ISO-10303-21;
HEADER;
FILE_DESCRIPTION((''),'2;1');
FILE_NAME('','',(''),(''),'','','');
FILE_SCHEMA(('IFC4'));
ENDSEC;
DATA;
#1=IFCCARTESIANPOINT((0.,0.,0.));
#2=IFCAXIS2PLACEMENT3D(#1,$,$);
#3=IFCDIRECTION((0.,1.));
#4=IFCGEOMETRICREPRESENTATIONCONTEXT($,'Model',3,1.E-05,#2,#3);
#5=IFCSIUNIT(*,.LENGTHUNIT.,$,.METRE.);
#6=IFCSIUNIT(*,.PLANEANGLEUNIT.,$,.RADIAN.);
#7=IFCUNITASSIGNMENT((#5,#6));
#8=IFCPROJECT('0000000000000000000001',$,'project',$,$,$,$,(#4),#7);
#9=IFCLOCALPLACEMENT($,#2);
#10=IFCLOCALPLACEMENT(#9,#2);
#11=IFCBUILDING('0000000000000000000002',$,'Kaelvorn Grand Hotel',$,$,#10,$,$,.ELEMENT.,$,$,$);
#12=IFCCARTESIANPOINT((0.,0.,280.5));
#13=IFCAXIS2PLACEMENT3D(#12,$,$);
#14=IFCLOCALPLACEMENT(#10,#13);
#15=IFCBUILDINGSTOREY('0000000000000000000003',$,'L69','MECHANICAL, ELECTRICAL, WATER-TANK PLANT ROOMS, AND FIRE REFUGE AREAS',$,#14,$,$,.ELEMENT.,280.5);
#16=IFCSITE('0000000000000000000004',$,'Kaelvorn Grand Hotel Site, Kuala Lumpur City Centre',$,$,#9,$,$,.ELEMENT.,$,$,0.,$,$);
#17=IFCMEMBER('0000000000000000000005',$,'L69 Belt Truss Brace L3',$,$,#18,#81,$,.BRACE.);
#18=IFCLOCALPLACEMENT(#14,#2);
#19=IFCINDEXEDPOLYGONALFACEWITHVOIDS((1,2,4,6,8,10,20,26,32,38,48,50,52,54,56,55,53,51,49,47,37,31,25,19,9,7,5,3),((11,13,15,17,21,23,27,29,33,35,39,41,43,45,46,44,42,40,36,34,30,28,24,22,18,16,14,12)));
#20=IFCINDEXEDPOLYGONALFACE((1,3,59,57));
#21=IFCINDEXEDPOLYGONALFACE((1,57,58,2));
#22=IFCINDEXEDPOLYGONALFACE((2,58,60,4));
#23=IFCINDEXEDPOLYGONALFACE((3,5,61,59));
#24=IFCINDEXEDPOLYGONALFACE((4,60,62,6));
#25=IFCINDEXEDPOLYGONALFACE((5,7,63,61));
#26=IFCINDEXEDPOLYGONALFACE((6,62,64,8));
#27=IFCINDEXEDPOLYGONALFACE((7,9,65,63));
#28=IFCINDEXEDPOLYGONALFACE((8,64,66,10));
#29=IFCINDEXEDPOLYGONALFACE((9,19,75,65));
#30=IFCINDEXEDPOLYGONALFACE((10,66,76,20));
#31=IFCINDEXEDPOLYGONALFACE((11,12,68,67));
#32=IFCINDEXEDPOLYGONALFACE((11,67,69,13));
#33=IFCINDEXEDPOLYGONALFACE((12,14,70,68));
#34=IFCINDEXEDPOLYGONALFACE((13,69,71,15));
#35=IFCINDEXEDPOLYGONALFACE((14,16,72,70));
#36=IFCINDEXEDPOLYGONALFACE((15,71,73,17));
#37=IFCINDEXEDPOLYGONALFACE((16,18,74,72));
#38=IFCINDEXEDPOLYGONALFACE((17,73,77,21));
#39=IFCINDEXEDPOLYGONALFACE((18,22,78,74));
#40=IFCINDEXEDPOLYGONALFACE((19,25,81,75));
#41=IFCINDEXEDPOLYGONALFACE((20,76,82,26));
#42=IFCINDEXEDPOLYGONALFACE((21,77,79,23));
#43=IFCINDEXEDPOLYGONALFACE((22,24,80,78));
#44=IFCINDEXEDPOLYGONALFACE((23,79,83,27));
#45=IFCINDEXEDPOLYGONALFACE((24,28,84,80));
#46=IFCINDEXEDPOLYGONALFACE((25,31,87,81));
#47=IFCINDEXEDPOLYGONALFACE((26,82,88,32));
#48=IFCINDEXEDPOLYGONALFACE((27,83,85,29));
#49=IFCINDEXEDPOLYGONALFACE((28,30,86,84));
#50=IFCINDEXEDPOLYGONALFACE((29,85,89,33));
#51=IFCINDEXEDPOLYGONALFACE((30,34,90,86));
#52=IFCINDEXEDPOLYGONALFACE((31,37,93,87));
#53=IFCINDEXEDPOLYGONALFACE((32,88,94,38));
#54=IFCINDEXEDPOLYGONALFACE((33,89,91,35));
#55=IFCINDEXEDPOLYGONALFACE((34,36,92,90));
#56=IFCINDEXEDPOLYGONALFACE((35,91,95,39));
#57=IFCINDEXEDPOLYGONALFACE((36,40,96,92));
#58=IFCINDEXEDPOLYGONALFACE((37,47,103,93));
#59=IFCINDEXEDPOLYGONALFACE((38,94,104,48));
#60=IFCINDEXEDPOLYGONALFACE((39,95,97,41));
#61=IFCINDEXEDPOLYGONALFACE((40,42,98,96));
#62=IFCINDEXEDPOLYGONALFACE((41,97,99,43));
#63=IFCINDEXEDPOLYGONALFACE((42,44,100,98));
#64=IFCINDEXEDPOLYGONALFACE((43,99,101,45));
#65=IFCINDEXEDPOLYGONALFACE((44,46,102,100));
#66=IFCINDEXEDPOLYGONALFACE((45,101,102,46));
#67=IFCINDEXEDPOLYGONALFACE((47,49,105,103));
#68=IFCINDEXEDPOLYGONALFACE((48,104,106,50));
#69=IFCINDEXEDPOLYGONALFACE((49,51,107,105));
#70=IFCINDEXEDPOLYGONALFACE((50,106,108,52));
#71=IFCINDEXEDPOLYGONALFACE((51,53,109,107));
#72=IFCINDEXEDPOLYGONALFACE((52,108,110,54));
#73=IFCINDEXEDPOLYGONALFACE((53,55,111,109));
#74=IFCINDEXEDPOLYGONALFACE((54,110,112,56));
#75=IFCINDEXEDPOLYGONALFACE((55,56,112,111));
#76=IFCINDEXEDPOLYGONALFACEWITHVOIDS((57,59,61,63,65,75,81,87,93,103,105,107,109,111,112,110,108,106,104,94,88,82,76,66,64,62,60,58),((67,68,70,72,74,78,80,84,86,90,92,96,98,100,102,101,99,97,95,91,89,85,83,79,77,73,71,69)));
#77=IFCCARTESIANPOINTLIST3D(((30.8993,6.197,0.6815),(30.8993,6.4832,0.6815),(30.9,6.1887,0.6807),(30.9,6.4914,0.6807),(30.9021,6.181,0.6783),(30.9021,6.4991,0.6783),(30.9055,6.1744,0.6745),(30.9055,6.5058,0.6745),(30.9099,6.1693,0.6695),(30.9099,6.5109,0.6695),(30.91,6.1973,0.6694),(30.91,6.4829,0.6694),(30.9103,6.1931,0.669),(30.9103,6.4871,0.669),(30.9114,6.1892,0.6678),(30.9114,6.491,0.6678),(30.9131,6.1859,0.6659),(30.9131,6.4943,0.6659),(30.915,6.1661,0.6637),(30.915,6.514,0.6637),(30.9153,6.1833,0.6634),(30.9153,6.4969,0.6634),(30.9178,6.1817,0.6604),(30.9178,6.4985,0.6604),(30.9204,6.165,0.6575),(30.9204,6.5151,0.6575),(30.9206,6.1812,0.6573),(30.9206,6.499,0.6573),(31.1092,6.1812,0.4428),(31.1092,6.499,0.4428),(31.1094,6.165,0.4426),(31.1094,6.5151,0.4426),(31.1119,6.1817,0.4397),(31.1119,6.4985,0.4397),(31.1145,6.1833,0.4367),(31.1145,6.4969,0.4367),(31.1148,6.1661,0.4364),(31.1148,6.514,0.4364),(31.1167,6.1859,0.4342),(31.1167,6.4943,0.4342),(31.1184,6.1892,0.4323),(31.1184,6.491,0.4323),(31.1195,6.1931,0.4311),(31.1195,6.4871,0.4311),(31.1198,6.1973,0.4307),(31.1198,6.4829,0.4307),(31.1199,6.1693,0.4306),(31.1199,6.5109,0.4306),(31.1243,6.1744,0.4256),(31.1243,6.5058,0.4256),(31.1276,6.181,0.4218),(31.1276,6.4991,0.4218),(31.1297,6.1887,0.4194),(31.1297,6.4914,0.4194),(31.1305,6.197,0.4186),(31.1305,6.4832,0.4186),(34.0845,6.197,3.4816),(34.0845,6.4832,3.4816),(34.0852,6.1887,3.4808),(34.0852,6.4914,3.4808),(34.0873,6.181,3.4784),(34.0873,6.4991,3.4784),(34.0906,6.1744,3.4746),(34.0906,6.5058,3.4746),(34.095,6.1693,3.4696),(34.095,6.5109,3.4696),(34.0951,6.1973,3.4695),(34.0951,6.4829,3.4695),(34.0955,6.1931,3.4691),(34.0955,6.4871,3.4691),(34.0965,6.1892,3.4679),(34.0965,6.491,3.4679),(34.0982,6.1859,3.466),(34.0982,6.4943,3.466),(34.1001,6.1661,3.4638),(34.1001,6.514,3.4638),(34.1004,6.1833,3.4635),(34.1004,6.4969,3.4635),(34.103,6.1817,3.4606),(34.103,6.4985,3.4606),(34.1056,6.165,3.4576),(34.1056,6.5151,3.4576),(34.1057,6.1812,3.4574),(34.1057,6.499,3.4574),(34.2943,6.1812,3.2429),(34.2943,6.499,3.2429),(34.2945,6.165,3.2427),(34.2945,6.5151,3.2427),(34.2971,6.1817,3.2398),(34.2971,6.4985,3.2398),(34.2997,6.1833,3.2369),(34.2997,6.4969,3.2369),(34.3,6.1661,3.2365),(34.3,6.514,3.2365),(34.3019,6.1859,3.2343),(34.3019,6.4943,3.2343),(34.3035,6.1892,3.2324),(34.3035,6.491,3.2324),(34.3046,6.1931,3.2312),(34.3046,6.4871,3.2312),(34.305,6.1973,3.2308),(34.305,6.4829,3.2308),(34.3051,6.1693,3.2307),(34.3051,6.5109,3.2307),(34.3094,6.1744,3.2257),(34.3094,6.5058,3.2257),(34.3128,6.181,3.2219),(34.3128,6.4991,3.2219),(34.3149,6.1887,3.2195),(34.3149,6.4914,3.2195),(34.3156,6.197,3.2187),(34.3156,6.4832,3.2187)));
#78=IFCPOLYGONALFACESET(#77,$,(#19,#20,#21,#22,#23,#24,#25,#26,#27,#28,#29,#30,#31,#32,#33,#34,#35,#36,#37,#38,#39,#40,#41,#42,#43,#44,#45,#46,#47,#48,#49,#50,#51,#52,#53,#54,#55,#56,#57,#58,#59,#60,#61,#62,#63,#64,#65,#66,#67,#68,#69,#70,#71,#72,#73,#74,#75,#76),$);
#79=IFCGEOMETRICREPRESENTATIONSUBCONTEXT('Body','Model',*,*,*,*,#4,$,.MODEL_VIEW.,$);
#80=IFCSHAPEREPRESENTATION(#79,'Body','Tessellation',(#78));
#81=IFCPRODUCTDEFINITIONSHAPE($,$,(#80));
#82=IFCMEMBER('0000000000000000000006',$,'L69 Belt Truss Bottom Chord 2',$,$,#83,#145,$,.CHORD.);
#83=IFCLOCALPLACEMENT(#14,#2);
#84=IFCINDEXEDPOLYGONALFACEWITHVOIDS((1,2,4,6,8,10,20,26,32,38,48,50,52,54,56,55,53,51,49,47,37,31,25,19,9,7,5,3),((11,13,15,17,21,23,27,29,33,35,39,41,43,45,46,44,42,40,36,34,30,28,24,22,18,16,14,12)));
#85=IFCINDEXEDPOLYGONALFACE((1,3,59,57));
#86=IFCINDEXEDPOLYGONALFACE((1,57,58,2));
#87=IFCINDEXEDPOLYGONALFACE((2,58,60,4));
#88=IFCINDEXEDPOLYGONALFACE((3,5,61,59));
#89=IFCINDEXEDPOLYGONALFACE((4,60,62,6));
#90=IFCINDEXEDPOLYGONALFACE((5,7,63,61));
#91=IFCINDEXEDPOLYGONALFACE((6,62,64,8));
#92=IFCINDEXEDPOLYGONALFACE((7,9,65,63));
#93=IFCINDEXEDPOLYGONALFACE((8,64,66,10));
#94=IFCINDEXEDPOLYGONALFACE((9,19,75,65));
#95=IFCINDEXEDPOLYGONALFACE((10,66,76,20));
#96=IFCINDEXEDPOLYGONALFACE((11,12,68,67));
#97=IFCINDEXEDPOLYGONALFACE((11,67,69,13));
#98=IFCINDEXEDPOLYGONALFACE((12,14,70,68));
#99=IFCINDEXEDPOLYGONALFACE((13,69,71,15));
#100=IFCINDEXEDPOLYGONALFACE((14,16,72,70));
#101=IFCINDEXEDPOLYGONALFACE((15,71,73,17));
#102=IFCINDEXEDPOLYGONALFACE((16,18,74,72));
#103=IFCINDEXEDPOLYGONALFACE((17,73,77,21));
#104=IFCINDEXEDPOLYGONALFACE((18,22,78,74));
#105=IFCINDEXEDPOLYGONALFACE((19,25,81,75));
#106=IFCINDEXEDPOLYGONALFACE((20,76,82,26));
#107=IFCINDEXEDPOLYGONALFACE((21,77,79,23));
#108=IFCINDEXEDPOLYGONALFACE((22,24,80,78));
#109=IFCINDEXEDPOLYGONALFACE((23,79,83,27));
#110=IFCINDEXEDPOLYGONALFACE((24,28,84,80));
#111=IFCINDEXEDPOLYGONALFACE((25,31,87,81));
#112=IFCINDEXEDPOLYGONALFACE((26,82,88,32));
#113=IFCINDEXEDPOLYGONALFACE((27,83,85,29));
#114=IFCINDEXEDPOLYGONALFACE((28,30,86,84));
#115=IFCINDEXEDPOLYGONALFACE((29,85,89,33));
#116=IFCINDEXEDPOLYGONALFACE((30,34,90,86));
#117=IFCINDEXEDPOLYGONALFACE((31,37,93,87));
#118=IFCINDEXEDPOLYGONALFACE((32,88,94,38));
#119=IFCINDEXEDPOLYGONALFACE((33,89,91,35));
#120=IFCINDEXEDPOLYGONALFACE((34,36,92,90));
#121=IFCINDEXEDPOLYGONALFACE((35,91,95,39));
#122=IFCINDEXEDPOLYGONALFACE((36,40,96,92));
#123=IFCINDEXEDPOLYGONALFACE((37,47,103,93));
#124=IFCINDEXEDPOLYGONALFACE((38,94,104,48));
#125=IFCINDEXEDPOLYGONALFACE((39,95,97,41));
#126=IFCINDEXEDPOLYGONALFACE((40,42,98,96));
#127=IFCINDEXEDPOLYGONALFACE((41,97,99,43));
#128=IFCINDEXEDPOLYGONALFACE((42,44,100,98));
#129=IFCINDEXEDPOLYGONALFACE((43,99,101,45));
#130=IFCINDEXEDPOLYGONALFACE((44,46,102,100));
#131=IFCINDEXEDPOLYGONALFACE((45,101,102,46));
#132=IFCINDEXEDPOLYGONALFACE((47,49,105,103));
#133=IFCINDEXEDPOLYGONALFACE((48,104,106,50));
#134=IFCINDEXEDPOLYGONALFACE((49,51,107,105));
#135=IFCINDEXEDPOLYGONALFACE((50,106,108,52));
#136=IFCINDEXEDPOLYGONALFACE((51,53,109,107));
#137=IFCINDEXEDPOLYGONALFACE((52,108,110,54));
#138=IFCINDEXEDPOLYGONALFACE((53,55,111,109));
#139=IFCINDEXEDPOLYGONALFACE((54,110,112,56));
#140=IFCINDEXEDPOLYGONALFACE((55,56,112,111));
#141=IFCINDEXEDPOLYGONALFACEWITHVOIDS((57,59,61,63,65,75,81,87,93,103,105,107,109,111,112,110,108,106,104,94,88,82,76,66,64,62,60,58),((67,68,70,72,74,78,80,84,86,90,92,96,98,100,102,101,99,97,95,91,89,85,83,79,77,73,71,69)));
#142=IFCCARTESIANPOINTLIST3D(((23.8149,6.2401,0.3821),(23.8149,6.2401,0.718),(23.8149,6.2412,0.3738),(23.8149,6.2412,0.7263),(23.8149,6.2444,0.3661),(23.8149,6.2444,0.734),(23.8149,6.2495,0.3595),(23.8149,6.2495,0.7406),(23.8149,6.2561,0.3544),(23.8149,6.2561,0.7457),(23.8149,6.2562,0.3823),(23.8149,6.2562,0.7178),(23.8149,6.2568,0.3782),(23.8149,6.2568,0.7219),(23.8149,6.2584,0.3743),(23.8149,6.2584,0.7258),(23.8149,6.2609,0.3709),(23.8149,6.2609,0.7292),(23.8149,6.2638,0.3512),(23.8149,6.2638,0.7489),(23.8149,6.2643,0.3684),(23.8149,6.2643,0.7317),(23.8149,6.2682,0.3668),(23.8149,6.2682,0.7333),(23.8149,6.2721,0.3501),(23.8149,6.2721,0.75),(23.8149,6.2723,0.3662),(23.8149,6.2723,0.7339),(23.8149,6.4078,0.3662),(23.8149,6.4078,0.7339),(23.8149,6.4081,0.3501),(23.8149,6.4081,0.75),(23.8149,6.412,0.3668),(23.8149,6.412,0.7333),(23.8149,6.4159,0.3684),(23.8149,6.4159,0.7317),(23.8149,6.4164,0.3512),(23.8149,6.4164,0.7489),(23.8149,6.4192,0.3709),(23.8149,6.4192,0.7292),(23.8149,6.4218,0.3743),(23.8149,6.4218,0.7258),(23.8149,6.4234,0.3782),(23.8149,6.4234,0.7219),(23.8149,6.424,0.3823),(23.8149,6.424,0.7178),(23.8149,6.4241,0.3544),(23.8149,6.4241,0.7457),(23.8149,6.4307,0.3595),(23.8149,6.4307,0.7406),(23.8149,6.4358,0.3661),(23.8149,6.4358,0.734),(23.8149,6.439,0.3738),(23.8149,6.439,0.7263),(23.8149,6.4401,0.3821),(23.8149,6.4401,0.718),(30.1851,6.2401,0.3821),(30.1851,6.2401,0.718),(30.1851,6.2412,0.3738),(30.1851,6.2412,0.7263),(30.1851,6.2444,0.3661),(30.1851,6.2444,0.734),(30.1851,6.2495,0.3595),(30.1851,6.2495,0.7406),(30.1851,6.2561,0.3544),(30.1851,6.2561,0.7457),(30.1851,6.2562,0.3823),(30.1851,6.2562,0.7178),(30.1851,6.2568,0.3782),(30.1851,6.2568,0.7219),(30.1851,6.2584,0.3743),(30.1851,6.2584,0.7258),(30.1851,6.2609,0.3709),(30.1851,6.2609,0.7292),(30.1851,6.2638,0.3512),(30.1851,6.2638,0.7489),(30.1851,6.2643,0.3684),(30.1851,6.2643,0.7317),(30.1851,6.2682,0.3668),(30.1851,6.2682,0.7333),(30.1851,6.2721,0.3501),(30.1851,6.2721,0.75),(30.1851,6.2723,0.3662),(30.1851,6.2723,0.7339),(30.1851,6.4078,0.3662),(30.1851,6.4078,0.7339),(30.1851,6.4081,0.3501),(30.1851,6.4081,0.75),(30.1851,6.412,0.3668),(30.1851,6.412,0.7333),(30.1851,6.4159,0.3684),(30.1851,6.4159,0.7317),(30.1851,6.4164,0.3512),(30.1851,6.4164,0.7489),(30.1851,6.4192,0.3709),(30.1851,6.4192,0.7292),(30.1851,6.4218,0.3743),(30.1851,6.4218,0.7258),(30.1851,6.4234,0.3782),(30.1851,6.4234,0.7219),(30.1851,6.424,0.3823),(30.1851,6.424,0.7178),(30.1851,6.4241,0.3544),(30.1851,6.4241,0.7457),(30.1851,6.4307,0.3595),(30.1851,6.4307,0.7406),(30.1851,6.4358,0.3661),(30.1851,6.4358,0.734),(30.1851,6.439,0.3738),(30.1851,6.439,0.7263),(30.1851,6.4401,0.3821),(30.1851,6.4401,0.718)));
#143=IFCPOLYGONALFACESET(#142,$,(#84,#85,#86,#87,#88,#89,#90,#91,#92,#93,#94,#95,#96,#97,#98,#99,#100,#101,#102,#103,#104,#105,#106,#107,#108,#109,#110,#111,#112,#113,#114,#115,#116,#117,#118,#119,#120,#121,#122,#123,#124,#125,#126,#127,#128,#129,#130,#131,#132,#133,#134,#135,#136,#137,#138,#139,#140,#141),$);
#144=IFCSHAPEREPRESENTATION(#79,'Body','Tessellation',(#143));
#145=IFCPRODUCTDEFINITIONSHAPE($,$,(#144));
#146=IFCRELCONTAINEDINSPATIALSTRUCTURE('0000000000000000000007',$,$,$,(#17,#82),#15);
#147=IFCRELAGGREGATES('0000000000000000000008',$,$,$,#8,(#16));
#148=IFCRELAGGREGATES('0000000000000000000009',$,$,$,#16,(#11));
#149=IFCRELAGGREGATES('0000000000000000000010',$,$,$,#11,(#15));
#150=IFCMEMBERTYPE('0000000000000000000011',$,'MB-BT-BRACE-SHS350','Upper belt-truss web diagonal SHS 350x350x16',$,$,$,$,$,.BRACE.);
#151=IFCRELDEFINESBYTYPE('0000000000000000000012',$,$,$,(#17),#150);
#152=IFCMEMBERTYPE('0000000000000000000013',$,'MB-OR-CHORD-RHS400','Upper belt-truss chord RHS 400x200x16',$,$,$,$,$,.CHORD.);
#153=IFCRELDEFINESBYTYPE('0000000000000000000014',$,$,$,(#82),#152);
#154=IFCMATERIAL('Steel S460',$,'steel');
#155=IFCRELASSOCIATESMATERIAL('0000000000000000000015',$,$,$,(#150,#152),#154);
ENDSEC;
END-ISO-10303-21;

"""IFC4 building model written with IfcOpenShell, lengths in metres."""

from ifc_helpers import new_model, si_unit, direction, frame, origin, origin_2d, place, context, subcontext, project, spatial, hollow_rectangle, extrude, material, material_profile, profile_set, type_object, element, save


model = new_model("IFC4")

# Units and contexts
model_context = context("Model", 3, precision=1e-05, world=origin(), true_north=direction((0.0, 1.0)))
body_context = subcontext(model_context, "Body", "Model", "MODEL_VIEW")
ifc_project = project(units=[si_unit("LENGTHUNIT", "METRE"), si_unit("PLANEANGLEUNIT", "RADIAN")], contexts=[model_context])

# Site, building, storey
site_placement = place(None, origin())
site = spatial("IfcSite", under=ifc_project, at=site_placement, Name="Kaelvorn Grand Hotel Site, Kuala Lumpur City Centre", CompositionType="ELEMENT", RefElevation=0.0)
building_placement = place(site_placement, origin())
building = spatial("IfcBuilding", under=site, at=building_placement, Name="Kaelvorn Grand Hotel", CompositionType="ELEMENT")
storey_placement = place(building_placement, frame((0.0, 0.0, 280.5)))
storey = spatial("IfcBuildingStorey", under=building, at=storey_placement, Name="L69", Description="MECHANICAL, ELECTRICAL, WATER-TANK PLANT ROOMS, AND FIRE REFUGE AREAS", CompositionType="ELEMENT", Elevation=280.5)

# Members
ifc_material_1 = material(Name="Steel S460", Category="steel")
ifc_material_profile_1 = material_profile(ifc_material_1, hollow_rectangle(XDim=0.3501, YDim=0.3501, WallThickness=0.0161, InnerFilletRadius=0.0161, OuterFilletRadius=0.032, at=origin_2d()), Name="SHS 350x350x16.0")
ifc_profile_set_1 = profile_set([ifc_material_profile_1], Name="Steel S460")
member_type_1 = type_object("IfcMemberType", Name="MB-BT-BRACE-SHS350", Description="Upper belt-truss web diagonal SHS 350x350x16", PredefinedType="BRACE", material=ifc_profile_set_1)
for number, where, z_axis, x_axis, name in (
    (1, (31.0149, 6.3401, 0.55), (0.751041, 0.0, 0.660255), (0.0, 1.0, 0.0), "L69 Belt Truss Brace L3"),
):
    element("IfcMember", number, at=place(storey_placement, frame(where, z_axis=z_axis, x_axis=x_axis)), inside=storey, type_object=member_type_1, Name=name, PredefinedType="BRACE", context=body_context, shape_type="SweptSolid", body=[
        extrude(hollow_rectangle(XDim=0.3501, YDim=0.3501, WallThickness=0.0161, InnerFilletRadius=0.0161, OuterFilletRadius=0.032, at=origin_2d()), origin(), (0.0, 0.0, 1.0), 4.241),
    ])
ifc_material_profile_2 = material_profile(ifc_material_1, hollow_rectangle(XDim=0.2, YDim=0.3999, WallThickness=0.0161, InnerFilletRadius=0.0161, OuterFilletRadius=0.032, at=origin_2d()), Name="RHS 400x200x16.0")
ifc_profile_set_2 = profile_set([ifc_material_profile_2], Name="Steel S460")
member_type_2 = type_object("IfcMemberType", Name="MB-OR-CHORD-RHS400", Description="Upper belt-truss chord RHS 400x200x16", PredefinedType="CHORD", material=ifc_profile_set_2)
for number, where, z_axis, x_axis, name in (
    (2, (23.8149, 6.3401, 0.55), (1.0, 0.0, 0.0), (0.0, 1.0, 0.0), "L69 Belt Truss Bottom Chord 2"),
):
    element("IfcMember", number, at=place(storey_placement, frame(where, z_axis=z_axis, x_axis=x_axis)), inside=storey, type_object=member_type_2, Name=name, PredefinedType="CHORD", context=body_context, shape_type="SweptSolid", body=[
        extrude(hollow_rectangle(XDim=0.2, YDim=0.3999, WallThickness=0.0161, InnerFilletRadius=0.0161, OuterFilletRadius=0.032, at=origin_2d()), origin(), (0.0, 0.0, 1.0), 6.3701),
    ])

save(model, "model.ifc")
